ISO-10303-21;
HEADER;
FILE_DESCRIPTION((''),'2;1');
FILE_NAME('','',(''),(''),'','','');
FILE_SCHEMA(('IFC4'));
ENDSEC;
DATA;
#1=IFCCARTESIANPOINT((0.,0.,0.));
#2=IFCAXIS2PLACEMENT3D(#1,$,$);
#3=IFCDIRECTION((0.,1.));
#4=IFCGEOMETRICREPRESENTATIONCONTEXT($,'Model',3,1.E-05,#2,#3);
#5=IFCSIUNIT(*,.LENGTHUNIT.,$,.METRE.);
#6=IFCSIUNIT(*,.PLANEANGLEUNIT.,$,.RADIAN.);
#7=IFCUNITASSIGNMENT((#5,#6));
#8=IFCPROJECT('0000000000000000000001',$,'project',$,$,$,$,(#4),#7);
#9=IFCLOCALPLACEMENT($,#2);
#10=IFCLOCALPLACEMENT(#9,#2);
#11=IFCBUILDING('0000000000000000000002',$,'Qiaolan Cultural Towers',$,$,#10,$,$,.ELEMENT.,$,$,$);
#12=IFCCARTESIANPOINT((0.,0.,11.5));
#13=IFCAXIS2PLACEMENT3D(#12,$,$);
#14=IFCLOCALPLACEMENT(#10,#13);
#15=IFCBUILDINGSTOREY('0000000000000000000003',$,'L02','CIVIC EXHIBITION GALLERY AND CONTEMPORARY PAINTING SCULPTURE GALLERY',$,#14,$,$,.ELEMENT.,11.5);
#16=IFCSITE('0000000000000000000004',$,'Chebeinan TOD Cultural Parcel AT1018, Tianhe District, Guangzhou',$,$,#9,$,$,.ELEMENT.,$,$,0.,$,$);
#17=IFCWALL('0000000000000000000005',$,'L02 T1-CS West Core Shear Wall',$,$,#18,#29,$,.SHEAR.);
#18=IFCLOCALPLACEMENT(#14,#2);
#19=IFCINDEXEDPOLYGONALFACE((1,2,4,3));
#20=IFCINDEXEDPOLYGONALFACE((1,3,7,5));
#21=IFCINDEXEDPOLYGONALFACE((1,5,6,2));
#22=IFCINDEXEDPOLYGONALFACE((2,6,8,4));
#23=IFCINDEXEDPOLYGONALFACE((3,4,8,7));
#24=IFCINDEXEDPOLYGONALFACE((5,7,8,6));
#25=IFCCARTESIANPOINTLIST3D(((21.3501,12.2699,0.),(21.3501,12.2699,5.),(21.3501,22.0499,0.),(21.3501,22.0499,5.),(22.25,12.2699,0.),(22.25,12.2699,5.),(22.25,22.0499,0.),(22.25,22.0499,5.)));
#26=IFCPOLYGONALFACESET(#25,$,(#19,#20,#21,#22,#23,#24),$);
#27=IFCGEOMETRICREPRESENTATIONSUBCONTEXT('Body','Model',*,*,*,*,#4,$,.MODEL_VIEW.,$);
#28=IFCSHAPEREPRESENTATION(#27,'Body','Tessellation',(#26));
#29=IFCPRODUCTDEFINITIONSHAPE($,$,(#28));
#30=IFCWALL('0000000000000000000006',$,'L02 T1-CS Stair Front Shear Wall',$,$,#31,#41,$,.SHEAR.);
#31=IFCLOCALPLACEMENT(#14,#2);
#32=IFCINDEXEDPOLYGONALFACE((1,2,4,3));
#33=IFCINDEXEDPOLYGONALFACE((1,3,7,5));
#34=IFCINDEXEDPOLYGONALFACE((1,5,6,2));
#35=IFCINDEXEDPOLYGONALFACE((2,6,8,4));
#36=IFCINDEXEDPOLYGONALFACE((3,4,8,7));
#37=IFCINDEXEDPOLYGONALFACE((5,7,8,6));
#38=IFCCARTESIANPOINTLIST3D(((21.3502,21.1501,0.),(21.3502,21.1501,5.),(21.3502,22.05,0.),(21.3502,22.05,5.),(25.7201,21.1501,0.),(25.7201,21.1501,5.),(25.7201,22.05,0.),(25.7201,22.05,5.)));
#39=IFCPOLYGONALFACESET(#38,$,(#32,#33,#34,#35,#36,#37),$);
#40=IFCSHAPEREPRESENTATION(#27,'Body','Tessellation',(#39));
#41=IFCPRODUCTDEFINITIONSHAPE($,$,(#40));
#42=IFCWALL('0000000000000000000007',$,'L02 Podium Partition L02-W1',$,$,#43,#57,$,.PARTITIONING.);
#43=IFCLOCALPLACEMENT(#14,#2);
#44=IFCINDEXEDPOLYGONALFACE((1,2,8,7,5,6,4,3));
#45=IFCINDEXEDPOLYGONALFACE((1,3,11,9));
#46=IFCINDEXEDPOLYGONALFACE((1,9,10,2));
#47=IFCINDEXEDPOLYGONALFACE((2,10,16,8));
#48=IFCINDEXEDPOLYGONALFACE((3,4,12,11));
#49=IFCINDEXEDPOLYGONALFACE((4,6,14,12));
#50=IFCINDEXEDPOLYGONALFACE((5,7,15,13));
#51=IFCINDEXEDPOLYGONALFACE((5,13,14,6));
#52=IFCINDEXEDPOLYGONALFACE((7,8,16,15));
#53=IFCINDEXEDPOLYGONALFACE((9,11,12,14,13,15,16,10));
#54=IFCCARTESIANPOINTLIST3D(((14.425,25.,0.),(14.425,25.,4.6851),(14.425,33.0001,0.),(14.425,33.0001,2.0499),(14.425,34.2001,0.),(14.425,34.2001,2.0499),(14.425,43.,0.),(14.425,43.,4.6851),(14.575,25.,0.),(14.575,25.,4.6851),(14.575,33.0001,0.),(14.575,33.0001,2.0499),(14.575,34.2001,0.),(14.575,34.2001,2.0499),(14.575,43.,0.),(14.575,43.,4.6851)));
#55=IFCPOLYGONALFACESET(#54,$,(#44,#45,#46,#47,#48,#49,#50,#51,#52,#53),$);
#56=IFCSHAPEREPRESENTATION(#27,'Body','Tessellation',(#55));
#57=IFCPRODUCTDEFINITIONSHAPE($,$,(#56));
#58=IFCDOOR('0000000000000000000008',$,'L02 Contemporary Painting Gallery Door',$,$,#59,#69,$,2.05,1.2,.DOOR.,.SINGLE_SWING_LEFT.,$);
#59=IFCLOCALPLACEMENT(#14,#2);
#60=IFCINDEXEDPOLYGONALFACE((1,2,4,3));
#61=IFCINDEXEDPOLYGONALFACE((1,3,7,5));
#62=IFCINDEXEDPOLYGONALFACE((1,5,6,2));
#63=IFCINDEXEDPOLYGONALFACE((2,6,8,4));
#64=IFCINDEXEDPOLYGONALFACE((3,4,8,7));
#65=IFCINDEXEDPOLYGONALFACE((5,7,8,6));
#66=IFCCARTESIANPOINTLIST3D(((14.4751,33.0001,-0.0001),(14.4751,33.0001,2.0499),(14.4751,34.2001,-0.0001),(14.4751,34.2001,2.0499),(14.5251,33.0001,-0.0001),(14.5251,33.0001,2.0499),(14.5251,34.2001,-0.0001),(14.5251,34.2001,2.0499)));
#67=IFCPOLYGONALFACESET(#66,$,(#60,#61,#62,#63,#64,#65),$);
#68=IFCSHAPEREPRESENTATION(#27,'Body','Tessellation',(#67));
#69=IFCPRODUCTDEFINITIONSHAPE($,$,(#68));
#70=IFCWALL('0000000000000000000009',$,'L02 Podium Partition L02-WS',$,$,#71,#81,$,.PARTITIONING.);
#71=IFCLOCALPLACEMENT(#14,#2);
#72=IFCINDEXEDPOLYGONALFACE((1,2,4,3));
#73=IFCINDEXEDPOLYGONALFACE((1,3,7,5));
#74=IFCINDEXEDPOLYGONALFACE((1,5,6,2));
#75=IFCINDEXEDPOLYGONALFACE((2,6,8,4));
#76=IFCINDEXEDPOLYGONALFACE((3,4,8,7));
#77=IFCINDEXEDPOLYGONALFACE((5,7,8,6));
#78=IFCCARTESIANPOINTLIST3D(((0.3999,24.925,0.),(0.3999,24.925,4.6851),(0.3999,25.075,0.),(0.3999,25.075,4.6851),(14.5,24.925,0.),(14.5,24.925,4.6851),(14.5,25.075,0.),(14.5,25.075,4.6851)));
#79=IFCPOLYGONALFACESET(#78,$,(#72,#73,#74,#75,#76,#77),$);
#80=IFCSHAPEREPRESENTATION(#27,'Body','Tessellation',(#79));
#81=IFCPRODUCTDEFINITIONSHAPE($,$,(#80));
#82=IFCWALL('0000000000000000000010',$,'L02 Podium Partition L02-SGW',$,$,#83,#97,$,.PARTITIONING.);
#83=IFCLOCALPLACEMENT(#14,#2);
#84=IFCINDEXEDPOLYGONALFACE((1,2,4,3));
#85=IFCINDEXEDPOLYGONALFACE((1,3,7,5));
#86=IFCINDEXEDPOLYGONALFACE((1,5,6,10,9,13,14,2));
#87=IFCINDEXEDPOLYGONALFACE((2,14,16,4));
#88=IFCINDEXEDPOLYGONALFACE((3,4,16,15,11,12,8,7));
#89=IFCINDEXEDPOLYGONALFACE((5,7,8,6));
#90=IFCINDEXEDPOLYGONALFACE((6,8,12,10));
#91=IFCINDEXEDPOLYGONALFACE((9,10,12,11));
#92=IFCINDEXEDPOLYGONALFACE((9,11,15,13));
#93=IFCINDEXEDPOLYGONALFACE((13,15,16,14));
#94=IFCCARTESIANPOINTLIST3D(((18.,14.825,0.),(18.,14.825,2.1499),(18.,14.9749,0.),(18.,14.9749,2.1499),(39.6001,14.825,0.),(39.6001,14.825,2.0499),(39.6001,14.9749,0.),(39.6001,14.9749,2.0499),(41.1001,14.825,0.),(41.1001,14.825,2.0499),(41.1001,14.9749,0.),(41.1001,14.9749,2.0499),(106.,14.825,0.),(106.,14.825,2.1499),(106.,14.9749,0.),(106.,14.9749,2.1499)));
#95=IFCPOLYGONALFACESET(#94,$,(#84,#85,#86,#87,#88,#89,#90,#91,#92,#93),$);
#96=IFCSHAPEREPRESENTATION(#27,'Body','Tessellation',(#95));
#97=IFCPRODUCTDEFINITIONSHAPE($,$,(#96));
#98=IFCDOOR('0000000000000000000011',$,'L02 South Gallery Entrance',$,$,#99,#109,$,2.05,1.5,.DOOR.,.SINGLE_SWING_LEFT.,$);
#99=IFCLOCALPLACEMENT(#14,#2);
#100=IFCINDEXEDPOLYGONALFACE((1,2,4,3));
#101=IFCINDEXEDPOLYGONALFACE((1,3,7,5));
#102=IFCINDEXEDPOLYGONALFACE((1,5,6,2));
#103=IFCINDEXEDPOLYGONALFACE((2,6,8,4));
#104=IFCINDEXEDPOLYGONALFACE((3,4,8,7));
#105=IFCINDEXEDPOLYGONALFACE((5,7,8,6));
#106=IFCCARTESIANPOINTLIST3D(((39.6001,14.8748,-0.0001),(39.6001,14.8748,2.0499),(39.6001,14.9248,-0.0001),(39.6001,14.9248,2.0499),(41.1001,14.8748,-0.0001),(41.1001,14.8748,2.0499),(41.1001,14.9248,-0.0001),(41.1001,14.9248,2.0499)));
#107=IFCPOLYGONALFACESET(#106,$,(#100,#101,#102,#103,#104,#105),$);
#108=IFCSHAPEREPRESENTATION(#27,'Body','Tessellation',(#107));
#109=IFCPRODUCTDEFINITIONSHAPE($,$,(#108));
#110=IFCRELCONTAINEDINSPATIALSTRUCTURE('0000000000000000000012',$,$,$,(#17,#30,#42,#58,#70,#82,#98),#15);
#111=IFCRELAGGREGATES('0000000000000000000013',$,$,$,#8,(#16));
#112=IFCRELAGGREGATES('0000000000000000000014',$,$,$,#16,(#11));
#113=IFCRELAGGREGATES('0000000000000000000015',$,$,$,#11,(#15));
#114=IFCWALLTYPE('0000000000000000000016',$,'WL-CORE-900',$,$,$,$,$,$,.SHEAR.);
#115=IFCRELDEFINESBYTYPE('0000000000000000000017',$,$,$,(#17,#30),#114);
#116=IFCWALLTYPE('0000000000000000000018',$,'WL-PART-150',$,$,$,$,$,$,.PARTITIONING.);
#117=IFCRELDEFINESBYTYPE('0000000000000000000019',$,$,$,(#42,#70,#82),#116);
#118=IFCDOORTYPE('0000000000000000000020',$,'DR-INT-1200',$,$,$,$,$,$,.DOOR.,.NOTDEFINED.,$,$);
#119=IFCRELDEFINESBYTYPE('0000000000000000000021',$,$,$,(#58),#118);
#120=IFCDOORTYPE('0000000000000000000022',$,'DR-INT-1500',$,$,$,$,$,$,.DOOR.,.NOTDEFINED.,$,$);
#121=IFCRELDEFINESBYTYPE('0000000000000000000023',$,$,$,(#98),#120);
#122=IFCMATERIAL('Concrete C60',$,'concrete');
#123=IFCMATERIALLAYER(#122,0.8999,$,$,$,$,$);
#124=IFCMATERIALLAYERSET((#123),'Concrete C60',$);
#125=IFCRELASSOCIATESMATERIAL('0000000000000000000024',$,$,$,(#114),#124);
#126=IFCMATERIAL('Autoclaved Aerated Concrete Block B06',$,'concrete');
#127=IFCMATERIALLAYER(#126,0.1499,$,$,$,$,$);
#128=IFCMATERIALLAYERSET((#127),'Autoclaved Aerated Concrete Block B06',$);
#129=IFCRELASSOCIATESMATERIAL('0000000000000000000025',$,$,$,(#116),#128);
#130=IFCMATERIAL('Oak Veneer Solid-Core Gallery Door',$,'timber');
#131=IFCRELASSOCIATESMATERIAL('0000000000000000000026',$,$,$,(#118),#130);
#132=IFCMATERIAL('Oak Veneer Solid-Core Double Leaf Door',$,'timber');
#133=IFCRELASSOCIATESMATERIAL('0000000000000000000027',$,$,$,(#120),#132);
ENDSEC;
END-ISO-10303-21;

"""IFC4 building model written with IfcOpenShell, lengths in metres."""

from ifc_helpers import new_model, si_unit, direction, frame, frame_2d, origin, place, context, subcontext, project, spatial, rectangle, extrude, material, layer, layer_set, type_object, element, fill, save


model = new_model("IFC4")

# Units and contexts
model_context = context("Model", 3, precision=1e-05, world=origin(), true_north=direction((0.0, 1.0)))
body_context = subcontext(model_context, "Body", "Model", "MODEL_VIEW")
ifc_project = project(units=[si_unit("LENGTHUNIT", "METRE"), si_unit("PLANEANGLEUNIT", "RADIAN")], contexts=[model_context])

# Site, building, storey
site_placement = place(None, origin())
site = spatial("IfcSite", under=ifc_project, at=site_placement, Name="Chebeinan TOD Cultural Parcel AT1018, Tianhe District, Guangzhou", CompositionType="ELEMENT", RefElevation=0.0)
building_placement = place(site_placement, origin())
building = spatial("IfcBuilding", under=site, at=building_placement, Name="Qiaolan Cultural Towers", CompositionType="ELEMENT")
storey_placement = place(building_placement, frame((0.0, 0.0, 11.5)))
storey = spatial("IfcBuildingStorey", under=building, at=storey_placement, Name="L02", Description="CIVIC EXHIBITION GALLERY AND CONTEMPORARY PAINTING SCULPTURE GALLERY", CompositionType="ELEMENT", Elevation=11.5)

# Walls
ifc_material_1 = material(Name="Concrete C60", Category="concrete")
ifc_layer_1 = layer(ifc_material_1, 0.8999)
ifc_layer_set_1 = layer_set([ifc_layer_1], Name="Concrete C60")
wall_type_1 = type_object("IfcWallType", Name="WL-CORE-900", PredefinedType="SHEAR", material=ifc_layer_set_1)
wall_1_placement = place(storey_placement, frame((21.8, 22.05, 0.0), z_axis=(0.0, 0.0, 1.0), x_axis=(0.0, -1.0, 0.0)))
element("IfcWall", 1, at=wall_1_placement, inside=storey, type_object=wall_type_1, Name="L02 T1-CS West Core Shear Wall", PredefinedType="SHEAR", context=body_context, shape_type="SweptSolid", body=[
    extrude(rectangle(XDim=9.78, YDim=0.8999, at=frame_2d((4.8901, 0.0))), origin(), (0.0, 0.0, 1.0), 5.0),
])
wall_2_placement = place(storey_placement, frame((21.3501, 21.6001, 0.0), z_axis=(0.0, 0.0, 1.0), x_axis=(1.0, 0.0, 0.0)))
element("IfcWall", 2, at=wall_2_placement, inside=storey, type_object=wall_type_1, Name="L02 T1-CS Stair Front Shear Wall", PredefinedType="SHEAR", context=body_context, shape_type="SweptSolid", body=[
    extrude(rectangle(XDim=4.3699, YDim=0.8999, at=frame_2d((2.1851, 0.0))), origin(), (0.0, 0.0, 1.0), 5.0),
])

# Wall, opening, door
ifc_material_2 = material(Name="Autoclaved Aerated Concrete Block B06", Category="concrete")
ifc_layer_2 = layer(ifc_material_2, 0.1499)
ifc_layer_set_2 = layer_set([ifc_layer_2], Name="Autoclaved Aerated Concrete Block B06")
wall_type_2 = type_object("IfcWallType", Name="WL-PART-150", PredefinedType="PARTITIONING", material=ifc_layer_set_2)
wall_3_placement = place(storey_placement, frame((14.5, 25.0, 0.0), z_axis=(0.0, 0.0, 1.0), x_axis=(0.0, 1.0, 0.0)))
wall_3 = element("IfcWall", 3, at=wall_3_placement, inside=storey, type_object=wall_type_2, Name="L02 Podium Partition L02-W1", PredefinedType="PARTITIONING", context=body_context, shape_type="SweptSolid", body=[
    extrude(rectangle(XDim=18.0, YDim=0.1499, at=frame_2d((9.0, 0.0))), origin(), (0.0, 0.0, 1.0), 4.6851),
])
opening_1_placement = place(wall_3_placement, frame((8.0, 0.0, 0.0)))
opening_1 = element("IfcOpeningElement", 4, at=opening_1_placement, cuts=wall_3, PredefinedType="OPENING", context=body_context, shape_type="SweptSolid", body=[
    extrude(rectangle(XDim=1.2, YDim=2.05, at=frame_2d((0.6001, 1.0249))), frame((0.0, 0.085, 0.0), z_axis=(0.0, -1.0, 0.0), x_axis=(1.0, 0.0, 0.0)), (0.0, 0.0, 1.0), 0.1699),
])
ifc_material_3 = material(Name="Oak Veneer Solid-Core Gallery Door", Category="timber")
door_type_1 = type_object("IfcDoorType", Name="DR-INT-1200", OperationType="NOTDEFINED", PredefinedType="DOOR", material=ifc_material_3)
door_1_placement = place(opening_1_placement, origin())
door_1 = element("IfcDoor", 5, at=door_1_placement, inside=storey, type_object=door_type_1, Name="L02 Contemporary Painting Gallery Door", OperationType="SINGLE_SWING_LEFT", OverallHeight=2.05, OverallWidth=1.2, PredefinedType="DOOR", context=body_context, shape_type="SweptSolid", body=[
    extrude(rectangle(XDim=1.2, YDim=2.05, at=frame_2d((0.6001, 1.0249))), frame((0.0, 0.0249, 0.0), z_axis=(0.0, -1.0, 0.0), x_axis=(1.0, 0.0, 0.0)), (0.0, 0.0, 1.0), 0.05),
])
fill(opening_1, door_1)

# Wall
wall_4_placement = place(storey_placement, frame((0.3999, 25.0, 0.0), z_axis=(0.0, 0.0, 1.0), x_axis=(1.0, 0.0, 0.0)))
element("IfcWall", 6, at=wall_4_placement, inside=storey, type_object=wall_type_2, Name="L02 Podium Partition L02-WS", PredefinedType="PARTITIONING", context=body_context, shape_type="SweptSolid", body=[
    extrude(rectangle(XDim=14.1001, YDim=0.1499, at=frame_2d((7.05, 0.0))), origin(), (0.0, 0.0, 1.0), 4.6851),
])

# Wall, opening, door
wall_5_placement = place(storey_placement, frame((18.0, 14.8999, 0.0), z_axis=(0.0, 0.0, 1.0), x_axis=(1.0, 0.0, 0.0)))
wall_5 = element("IfcWall", 7, at=wall_5_placement, inside=storey, type_object=wall_type_2, Name="L02 Podium Partition L02-SGW", PredefinedType="PARTITIONING", context=body_context, shape_type="SweptSolid", body=[
    extrude(rectangle(XDim=88.0, YDim=0.1499, at=frame_2d((44.0, 0.0))), origin(), (0.0, 0.0, 1.0), 2.1499),
])
opening_2_placement = place(wall_5_placement, frame((21.6001, 0.0, 0.0)))
opening_2 = element("IfcOpeningElement", 8, at=opening_2_placement, cuts=wall_5, PredefinedType="OPENING", context=body_context, shape_type="SweptSolid", body=[
    extrude(rectangle(XDim=1.5, YDim=2.05, at=frame_2d((0.75, 1.0249))), frame((0.0, 0.085, 0.0), z_axis=(0.0, -1.0, 0.0), x_axis=(1.0, 0.0, 0.0)), (0.0, 0.0, 1.0), 0.1699),
])
ifc_material_4 = material(Name="Oak Veneer Solid-Core Double Leaf Door", Category="timber")
door_type_2 = type_object("IfcDoorType", Name="DR-INT-1500", OperationType="NOTDEFINED", PredefinedType="DOOR", material=ifc_material_4)
door_2_placement = place(opening_2_placement, origin())
door_2 = element("IfcDoor", 9, at=door_2_placement, inside=storey, type_object=door_type_2, Name="L02 South Gallery Entrance", OperationType="SINGLE_SWING_LEFT", OverallHeight=2.05, OverallWidth=1.5, PredefinedType="DOOR", context=body_context, shape_type="SweptSolid", body=[
    extrude(rectangle(XDim=1.5, YDim=2.05, at=frame_2d((0.75, 1.0249))), frame((0.0, 0.0249, 0.0), z_axis=(0.0, -1.0, 0.0), x_axis=(1.0, 0.0, 0.0)), (0.0, 0.0, 1.0), 0.05),
])
fill(opening_2, door_2)

save(model, "model.ifc")
